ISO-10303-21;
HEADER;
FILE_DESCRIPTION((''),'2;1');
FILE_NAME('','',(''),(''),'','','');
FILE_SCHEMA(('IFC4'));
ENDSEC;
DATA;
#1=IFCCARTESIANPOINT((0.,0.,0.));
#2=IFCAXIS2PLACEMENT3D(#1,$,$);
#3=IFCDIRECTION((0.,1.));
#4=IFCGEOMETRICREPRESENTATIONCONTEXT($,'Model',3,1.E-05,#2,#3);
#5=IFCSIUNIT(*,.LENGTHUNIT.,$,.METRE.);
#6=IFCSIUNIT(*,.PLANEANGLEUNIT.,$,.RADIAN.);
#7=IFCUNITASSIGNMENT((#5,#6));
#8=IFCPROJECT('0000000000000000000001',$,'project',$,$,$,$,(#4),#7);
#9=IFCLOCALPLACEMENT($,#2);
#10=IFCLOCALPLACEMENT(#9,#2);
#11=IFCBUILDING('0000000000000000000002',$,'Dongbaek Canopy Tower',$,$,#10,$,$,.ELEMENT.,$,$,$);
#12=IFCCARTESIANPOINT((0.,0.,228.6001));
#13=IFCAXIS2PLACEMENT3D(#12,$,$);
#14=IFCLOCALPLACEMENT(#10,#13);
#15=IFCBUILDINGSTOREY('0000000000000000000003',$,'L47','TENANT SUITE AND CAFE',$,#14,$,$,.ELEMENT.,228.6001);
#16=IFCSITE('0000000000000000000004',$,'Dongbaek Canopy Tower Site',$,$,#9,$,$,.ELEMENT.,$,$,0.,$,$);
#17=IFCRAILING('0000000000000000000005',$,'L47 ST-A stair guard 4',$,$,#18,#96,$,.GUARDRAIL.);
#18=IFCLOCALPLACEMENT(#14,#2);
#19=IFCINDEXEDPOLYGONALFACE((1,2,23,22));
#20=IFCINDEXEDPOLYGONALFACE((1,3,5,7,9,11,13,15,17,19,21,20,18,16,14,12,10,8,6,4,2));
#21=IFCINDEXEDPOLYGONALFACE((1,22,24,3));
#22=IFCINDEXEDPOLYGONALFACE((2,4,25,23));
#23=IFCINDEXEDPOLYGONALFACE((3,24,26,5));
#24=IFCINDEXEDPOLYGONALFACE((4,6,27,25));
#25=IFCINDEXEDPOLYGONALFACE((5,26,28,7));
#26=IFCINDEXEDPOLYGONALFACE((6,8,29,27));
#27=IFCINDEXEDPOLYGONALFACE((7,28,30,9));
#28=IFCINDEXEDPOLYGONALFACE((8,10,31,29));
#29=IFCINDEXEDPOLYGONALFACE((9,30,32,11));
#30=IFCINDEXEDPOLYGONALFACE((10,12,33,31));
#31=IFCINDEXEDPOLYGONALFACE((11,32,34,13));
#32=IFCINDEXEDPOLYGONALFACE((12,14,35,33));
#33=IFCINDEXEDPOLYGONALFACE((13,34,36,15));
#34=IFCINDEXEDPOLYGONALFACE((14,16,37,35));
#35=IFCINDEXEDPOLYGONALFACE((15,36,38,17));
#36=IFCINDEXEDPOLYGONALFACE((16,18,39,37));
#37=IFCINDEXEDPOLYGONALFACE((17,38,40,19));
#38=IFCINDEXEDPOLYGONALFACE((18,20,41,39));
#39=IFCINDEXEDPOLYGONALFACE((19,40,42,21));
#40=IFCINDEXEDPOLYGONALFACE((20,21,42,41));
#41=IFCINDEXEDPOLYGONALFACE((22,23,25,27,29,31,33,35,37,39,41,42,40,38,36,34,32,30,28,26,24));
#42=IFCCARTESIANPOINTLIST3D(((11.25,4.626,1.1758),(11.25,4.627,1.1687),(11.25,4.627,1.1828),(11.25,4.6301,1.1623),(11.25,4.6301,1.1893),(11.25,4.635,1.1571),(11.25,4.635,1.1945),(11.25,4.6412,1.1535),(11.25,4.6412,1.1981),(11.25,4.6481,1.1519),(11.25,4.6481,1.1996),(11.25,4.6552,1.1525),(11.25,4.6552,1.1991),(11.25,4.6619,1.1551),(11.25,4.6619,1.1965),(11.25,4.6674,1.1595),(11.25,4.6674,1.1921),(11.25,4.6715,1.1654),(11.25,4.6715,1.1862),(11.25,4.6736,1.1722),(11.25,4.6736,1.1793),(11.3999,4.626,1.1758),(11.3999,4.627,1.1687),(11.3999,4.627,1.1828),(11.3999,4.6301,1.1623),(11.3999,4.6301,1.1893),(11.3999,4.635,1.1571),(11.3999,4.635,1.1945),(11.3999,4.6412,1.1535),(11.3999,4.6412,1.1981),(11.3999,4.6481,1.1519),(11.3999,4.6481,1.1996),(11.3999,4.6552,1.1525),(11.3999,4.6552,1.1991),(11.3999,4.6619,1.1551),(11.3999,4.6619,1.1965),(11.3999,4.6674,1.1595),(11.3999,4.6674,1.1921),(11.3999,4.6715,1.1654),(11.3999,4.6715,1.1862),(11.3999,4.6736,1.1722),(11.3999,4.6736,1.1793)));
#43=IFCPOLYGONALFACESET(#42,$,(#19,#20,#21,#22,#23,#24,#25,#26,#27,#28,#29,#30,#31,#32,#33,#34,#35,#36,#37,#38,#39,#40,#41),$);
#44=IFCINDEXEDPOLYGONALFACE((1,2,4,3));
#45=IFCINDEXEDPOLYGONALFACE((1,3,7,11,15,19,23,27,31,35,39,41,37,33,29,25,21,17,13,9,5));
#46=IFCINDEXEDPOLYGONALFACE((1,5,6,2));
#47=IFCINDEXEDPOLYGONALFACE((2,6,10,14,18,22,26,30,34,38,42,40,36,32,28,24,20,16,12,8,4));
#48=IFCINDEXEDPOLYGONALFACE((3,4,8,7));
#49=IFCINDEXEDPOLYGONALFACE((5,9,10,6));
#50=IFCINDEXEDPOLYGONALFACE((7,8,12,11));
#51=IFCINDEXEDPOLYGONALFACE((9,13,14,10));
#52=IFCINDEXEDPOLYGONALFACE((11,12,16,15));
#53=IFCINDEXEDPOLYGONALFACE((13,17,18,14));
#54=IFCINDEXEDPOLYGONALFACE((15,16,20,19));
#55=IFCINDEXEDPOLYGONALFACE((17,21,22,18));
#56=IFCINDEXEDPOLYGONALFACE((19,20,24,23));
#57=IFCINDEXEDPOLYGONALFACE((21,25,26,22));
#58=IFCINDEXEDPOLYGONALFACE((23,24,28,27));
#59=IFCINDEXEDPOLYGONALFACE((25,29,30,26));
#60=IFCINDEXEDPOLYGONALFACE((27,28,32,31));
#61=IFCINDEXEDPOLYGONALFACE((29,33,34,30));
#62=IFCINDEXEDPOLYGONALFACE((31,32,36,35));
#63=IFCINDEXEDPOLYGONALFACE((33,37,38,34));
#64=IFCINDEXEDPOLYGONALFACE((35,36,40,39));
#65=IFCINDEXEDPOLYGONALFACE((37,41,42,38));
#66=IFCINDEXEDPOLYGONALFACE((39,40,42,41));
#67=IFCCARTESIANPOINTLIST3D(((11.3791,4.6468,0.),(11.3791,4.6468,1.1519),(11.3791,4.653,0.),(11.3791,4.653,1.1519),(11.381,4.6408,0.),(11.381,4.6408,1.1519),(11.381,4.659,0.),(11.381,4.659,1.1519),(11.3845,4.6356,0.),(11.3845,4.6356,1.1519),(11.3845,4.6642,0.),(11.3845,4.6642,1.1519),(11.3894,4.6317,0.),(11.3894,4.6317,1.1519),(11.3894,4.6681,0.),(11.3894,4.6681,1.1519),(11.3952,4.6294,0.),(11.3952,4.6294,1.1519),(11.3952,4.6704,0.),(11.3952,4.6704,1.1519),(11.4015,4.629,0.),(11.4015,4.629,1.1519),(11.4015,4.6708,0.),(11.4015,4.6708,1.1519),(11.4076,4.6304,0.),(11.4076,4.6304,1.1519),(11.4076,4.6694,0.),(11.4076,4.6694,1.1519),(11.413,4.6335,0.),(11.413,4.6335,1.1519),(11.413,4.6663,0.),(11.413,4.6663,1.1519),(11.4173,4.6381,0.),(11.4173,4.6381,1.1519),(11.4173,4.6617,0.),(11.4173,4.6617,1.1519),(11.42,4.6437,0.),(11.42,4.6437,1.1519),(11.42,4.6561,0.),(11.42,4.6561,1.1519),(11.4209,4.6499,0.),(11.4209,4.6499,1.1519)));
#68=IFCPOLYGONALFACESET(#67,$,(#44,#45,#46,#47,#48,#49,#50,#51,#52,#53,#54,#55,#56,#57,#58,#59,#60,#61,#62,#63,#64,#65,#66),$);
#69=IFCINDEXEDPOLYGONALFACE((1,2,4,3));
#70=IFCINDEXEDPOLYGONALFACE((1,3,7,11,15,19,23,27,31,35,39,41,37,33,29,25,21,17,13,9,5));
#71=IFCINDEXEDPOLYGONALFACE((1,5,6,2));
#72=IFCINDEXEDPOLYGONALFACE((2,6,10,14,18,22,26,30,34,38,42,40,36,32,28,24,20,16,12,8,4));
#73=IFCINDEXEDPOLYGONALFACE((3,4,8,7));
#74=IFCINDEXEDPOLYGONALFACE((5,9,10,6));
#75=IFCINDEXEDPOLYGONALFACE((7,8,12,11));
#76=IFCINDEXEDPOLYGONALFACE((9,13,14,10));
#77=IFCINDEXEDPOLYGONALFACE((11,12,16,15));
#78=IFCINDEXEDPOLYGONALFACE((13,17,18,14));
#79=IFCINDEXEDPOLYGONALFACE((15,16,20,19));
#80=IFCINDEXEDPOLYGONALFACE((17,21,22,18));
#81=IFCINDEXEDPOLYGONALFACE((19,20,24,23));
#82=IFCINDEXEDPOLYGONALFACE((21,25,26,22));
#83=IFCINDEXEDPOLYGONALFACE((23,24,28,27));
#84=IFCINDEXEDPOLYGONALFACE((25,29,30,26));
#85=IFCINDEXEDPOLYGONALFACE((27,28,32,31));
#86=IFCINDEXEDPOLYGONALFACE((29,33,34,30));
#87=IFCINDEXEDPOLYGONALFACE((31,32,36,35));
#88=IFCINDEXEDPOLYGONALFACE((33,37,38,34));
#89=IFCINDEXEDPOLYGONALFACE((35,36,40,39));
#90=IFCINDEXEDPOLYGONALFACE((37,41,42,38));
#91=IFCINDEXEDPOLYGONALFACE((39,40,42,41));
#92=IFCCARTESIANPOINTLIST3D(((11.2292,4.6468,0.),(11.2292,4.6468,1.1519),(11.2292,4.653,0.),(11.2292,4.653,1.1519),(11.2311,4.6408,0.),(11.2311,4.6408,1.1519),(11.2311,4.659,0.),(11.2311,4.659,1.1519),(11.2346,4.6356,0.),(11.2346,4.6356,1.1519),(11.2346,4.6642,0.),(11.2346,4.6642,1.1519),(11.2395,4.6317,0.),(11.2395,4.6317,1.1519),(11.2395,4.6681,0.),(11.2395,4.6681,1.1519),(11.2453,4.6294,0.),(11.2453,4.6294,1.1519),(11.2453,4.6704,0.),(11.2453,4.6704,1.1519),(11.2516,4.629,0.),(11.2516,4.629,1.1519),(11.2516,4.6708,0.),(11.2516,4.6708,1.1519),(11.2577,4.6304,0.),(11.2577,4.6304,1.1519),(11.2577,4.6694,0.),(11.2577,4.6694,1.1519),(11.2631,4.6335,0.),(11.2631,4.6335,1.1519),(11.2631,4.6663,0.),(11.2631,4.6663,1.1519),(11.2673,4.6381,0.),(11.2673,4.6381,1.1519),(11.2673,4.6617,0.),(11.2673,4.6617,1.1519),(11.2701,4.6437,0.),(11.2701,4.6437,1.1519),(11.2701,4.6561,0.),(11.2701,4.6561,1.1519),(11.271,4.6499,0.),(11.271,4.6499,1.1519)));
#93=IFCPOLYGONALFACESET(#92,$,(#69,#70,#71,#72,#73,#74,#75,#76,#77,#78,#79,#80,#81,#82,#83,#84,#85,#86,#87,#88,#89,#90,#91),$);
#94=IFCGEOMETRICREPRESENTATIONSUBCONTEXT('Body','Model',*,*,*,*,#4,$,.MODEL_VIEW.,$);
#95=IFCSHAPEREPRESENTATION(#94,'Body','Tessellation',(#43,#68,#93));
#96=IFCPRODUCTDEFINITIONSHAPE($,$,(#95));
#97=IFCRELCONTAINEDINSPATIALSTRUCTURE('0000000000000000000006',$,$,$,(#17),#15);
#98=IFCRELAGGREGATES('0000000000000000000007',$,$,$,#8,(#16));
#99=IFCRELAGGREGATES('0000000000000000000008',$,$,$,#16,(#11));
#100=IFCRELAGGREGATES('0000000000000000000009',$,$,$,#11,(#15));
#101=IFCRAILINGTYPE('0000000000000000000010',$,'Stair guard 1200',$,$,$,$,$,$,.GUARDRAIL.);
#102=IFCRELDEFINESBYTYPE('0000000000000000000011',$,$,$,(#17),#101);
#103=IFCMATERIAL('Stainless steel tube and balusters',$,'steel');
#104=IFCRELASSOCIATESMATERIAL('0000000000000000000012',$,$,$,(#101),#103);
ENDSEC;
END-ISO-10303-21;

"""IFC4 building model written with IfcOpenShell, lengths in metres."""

from ifc_helpers import new_model, si_unit, direction, frame, origin, origin_2d, place, context, subcontext, project, spatial, circle, extrude, material, type_object, element, save


model = new_model("IFC4")

# Units and contexts
model_context = context("Model", 3, precision=1e-05, world=origin(), true_north=direction((0.0, 1.0)))
body_context = subcontext(model_context, "Body", "Model", "MODEL_VIEW")
ifc_project = project(units=[si_unit("LENGTHUNIT", "METRE"), si_unit("PLANEANGLEUNIT", "RADIAN")], contexts=[model_context])

# Site, building, storey
site_placement = place(None, origin())
site = spatial("IfcSite", under=ifc_project, at=site_placement, Name="Dongbaek Canopy Tower Site", CompositionType="ELEMENT", RefElevation=0.0)
building_placement = place(site_placement, origin())
building = spatial("IfcBuilding", under=site, at=building_placement, Name="Dongbaek Canopy Tower", CompositionType="ELEMENT")
storey_placement = place(building_placement, frame((0.0, 0.0, 228.6001)))
storey = spatial("IfcBuildingStorey", under=building, at=storey_placement, Name="L47", Description="TENANT SUITE AND CAFE", CompositionType="ELEMENT", Elevation=228.6001)

# Railing
ifc_material_1 = material(Name="Stainless steel tube and balusters", Category="steel")
railing_type_1 = type_object("IfcRailingType", Name="Stair guard 1200", PredefinedType="GUARDRAIL", material=ifc_material_1)
railing_1_placement = place(storey_placement, frame((11.3999, 4.6499, 0.0)))
element("IfcRailing", 1, at=railing_1_placement, inside=storey, type_object=railing_type_1, Name="L47 ST-A stair guard 4", PredefinedType="GUARDRAIL", context=body_context, shape_type="SweptSolid", body=[
    extrude(circle(Radius=0.0239, at=origin_2d()), frame((0.0, 0.0, 1.1758), z_axis=(-1.0, 0.0, 0.0), x_axis=(0.0, -1.0, 0.0)), (0.0, 0.0, 1.0), 0.1499),
    extrude(circle(Radius=0.021, at=origin_2d()), origin(), (0.0, 0.0, 1.0), 1.1519),
    extrude(circle(Radius=0.021, at=origin_2d()), frame((-0.1499, 0.0, 0.0)), (0.0, 0.0, 1.0), 1.1519),
])

save(model, "model.ifc")
